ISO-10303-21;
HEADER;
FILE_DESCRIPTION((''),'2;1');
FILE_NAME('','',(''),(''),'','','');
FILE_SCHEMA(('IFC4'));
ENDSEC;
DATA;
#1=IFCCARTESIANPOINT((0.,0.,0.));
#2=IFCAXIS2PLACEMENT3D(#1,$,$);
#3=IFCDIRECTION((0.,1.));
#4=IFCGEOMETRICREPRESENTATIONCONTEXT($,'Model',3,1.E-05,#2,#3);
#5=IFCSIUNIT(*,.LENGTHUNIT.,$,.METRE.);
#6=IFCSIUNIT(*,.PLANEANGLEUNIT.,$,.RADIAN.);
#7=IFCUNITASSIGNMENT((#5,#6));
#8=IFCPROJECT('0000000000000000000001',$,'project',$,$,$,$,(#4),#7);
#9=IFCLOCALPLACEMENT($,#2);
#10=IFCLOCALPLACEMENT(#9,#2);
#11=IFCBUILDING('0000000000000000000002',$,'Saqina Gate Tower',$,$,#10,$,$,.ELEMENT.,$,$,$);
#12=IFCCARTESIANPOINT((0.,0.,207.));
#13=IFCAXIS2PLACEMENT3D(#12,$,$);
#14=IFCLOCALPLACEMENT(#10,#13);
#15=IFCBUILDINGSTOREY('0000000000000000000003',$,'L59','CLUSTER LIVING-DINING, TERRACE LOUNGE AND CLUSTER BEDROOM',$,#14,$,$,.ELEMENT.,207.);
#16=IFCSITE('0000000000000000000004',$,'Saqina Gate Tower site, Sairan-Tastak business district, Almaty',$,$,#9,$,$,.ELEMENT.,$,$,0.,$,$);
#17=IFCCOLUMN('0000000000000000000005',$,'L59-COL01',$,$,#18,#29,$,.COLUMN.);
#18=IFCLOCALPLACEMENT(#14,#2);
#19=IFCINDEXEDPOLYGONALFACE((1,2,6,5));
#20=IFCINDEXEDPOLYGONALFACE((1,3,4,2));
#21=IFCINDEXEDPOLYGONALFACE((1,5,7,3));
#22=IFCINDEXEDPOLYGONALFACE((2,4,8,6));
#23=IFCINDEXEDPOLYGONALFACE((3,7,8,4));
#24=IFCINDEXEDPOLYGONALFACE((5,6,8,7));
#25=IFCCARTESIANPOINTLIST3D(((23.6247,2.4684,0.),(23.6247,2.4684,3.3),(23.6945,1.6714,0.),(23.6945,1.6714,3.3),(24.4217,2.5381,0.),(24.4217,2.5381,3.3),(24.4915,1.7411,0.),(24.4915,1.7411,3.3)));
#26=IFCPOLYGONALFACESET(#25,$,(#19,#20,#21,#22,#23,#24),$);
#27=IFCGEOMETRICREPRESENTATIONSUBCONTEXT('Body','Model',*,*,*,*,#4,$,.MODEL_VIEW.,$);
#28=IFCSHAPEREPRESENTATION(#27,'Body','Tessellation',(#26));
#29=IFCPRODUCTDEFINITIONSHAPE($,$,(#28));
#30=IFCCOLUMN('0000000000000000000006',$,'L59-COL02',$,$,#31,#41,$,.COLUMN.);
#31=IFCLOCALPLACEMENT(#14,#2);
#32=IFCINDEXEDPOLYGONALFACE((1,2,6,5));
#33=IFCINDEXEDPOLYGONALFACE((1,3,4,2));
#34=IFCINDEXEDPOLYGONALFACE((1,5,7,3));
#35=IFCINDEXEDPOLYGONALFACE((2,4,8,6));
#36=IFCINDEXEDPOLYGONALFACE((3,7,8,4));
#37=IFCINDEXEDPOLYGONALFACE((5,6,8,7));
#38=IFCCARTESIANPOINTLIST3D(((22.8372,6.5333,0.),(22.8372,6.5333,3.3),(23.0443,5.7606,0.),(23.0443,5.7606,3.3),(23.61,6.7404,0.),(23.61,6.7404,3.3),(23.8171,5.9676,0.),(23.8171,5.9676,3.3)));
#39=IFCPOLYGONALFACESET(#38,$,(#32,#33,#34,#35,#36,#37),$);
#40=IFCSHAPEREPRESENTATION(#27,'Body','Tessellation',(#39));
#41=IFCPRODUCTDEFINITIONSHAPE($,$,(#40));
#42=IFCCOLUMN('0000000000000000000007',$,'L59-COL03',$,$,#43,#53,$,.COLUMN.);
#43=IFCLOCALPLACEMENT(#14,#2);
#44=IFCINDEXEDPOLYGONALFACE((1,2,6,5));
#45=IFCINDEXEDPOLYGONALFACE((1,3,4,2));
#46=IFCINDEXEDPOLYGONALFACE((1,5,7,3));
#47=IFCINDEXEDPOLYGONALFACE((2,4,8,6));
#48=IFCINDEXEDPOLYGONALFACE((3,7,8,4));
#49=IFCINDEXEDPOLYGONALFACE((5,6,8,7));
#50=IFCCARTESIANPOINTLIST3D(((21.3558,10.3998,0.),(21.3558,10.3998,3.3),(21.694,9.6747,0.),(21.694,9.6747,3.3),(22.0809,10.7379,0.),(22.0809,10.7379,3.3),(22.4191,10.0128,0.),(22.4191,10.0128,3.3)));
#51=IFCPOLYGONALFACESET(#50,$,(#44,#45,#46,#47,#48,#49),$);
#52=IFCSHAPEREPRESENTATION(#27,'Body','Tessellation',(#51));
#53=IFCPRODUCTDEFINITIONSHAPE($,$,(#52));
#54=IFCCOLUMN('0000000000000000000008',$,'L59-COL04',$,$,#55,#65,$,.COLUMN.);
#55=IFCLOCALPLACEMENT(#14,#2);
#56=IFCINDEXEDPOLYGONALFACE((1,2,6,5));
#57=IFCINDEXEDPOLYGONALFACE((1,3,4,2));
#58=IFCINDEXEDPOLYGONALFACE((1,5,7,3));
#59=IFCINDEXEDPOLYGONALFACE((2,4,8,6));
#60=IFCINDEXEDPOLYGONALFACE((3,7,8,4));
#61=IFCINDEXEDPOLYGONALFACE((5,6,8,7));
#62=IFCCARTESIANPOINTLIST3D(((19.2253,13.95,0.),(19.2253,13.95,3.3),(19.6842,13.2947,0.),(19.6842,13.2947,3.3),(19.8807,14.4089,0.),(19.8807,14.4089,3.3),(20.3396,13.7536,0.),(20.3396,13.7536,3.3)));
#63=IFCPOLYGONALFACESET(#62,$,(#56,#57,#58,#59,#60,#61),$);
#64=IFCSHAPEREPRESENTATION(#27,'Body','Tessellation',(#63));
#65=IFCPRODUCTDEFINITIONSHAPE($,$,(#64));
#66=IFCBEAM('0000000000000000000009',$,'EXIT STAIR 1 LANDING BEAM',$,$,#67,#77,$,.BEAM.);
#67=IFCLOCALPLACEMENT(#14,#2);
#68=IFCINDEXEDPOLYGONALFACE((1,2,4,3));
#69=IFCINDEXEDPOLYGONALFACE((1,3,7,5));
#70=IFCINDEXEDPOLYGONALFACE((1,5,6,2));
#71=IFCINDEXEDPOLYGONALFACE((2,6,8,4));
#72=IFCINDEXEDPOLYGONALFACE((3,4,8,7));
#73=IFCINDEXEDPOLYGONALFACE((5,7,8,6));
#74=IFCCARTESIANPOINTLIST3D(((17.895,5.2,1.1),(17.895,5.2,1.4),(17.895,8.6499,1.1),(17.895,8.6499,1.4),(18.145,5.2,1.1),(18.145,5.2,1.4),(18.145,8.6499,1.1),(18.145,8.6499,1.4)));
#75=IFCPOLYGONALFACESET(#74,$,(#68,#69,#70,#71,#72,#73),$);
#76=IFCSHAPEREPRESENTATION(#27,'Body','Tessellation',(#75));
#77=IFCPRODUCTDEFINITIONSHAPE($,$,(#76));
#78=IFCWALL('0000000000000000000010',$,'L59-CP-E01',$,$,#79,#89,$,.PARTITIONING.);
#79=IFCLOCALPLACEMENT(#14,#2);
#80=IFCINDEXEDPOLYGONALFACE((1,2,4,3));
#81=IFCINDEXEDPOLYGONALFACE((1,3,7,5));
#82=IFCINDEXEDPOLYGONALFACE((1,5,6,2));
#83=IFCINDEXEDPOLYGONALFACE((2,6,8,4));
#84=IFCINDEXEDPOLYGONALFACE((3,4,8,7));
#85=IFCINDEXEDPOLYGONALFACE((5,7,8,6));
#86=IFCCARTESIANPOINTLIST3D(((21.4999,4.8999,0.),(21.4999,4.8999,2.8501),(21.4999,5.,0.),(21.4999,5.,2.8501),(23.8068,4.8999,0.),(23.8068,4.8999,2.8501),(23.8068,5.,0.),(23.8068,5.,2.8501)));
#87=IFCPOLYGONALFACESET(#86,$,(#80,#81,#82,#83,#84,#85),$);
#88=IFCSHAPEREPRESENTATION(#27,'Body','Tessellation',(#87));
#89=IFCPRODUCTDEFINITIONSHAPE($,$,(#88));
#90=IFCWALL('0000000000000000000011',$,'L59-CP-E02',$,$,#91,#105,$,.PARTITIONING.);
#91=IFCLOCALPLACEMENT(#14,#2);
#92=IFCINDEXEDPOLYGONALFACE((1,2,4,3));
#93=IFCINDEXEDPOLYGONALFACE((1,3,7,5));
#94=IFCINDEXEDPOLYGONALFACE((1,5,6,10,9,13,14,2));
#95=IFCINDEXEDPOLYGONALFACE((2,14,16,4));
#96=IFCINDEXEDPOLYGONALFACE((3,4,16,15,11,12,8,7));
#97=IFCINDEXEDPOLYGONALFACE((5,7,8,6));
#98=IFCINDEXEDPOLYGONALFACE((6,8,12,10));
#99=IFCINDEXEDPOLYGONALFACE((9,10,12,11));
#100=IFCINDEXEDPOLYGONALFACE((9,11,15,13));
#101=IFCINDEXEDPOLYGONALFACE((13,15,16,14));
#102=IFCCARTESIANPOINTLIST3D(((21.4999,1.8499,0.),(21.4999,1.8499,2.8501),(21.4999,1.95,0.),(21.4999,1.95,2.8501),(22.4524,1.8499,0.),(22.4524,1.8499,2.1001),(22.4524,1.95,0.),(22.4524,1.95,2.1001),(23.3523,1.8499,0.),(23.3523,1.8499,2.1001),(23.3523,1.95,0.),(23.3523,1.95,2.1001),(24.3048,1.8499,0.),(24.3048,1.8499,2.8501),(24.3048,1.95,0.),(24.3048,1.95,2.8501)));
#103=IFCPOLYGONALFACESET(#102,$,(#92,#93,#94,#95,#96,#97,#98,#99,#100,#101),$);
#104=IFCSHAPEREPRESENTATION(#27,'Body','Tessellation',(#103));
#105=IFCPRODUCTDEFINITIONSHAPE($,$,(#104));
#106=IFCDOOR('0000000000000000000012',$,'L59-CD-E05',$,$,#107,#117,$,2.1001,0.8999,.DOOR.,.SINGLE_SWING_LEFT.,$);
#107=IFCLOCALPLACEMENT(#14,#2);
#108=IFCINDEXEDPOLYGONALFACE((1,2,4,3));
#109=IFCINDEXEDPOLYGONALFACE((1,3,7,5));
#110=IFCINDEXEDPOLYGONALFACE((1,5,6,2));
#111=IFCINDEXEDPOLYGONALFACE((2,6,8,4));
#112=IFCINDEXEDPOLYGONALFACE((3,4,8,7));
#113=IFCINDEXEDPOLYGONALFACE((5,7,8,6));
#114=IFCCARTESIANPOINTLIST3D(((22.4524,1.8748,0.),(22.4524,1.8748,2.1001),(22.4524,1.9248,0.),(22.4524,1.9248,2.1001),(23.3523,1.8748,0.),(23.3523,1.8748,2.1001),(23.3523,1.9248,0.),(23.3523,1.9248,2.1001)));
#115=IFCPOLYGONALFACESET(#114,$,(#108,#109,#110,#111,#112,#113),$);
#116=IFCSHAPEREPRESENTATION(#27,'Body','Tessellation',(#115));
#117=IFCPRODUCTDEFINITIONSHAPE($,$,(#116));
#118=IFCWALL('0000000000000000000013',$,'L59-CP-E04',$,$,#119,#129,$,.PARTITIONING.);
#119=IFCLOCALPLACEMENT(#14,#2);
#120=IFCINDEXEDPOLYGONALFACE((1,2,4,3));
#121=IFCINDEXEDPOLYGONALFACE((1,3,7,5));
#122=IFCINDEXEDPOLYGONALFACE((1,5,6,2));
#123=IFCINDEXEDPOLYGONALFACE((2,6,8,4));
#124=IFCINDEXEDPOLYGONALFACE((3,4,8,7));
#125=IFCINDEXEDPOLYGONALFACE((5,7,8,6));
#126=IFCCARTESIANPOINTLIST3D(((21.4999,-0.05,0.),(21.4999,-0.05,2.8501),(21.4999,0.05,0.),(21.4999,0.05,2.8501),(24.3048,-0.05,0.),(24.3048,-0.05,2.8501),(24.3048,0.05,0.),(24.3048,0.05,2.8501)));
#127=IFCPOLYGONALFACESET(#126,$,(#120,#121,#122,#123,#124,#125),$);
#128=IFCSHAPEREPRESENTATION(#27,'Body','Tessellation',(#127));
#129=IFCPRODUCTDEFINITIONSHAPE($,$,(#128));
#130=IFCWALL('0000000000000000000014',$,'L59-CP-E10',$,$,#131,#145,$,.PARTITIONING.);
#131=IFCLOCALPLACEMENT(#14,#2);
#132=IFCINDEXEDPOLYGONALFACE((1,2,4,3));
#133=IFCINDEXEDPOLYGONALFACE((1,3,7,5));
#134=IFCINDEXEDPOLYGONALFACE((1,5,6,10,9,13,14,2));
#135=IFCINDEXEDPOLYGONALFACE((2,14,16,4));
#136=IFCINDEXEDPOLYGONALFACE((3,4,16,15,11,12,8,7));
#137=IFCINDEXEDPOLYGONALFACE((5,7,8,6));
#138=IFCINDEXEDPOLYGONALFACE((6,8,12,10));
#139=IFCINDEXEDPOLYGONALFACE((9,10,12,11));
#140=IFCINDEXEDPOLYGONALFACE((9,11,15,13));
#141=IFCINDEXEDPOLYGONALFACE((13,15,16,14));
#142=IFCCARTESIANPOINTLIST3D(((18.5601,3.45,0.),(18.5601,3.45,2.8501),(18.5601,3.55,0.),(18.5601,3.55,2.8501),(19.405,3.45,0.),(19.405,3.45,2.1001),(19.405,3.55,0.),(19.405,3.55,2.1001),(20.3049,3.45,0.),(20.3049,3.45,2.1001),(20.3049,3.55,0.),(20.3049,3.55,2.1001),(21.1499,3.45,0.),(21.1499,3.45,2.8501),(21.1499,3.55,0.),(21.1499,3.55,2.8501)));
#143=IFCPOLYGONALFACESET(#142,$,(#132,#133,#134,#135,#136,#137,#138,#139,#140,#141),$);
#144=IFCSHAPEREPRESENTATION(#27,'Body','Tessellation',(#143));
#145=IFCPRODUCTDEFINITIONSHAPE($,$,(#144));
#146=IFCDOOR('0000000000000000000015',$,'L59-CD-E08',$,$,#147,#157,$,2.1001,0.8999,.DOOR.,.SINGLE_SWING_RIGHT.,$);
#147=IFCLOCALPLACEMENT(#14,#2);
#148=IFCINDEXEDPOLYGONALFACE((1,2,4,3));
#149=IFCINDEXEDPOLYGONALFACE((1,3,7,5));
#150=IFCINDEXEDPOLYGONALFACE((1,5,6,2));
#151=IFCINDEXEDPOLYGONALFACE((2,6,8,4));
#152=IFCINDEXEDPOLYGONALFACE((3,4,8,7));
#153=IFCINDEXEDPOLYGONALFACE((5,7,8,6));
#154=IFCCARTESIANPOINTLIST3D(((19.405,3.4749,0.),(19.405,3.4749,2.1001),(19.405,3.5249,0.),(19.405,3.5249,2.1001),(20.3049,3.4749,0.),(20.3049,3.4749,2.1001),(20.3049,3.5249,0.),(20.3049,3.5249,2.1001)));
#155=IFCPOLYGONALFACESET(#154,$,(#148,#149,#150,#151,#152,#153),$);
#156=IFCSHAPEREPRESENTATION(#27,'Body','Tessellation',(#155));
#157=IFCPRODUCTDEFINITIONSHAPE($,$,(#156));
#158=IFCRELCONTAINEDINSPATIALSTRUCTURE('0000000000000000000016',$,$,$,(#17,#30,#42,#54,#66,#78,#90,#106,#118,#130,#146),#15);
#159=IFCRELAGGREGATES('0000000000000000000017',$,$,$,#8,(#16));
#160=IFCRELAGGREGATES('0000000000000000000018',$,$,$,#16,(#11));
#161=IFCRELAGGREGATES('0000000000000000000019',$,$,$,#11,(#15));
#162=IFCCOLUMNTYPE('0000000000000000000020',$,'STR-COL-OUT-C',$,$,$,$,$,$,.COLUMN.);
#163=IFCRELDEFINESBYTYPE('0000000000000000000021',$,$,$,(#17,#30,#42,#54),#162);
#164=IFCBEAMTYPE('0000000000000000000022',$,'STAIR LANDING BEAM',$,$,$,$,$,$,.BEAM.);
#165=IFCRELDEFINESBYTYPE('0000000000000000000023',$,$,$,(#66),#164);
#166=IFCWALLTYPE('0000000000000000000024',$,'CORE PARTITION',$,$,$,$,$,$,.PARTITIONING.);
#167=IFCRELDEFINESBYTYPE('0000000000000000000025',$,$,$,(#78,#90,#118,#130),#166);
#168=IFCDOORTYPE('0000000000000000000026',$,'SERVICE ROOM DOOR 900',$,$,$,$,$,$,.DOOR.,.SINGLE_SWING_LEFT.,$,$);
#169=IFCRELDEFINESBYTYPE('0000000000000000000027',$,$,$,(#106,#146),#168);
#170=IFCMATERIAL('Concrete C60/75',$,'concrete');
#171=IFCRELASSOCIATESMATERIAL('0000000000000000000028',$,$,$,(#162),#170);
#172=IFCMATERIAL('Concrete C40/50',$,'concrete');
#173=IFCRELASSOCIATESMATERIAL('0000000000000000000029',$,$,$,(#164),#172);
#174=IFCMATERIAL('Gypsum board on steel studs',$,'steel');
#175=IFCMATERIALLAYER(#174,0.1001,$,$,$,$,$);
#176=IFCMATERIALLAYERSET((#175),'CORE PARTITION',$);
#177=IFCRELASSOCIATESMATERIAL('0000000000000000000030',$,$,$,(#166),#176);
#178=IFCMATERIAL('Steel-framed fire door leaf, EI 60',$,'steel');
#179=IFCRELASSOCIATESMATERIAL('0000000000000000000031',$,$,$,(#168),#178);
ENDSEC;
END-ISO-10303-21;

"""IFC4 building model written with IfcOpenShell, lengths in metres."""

from ifc_helpers import new_model, si_unit, direction, frame, frame_2d, origin, origin_2d, place, context, subcontext, project, spatial, rectangle, extrude, material, layer, layer_set, material_profile, profile_set, type_object, element, fill, save


model = new_model("IFC4")

# Units and contexts
model_context = context("Model", 3, precision=1e-05, world=origin(), true_north=direction((0.0, 1.0)))
body_context = subcontext(model_context, "Body", "Model", "MODEL_VIEW")
ifc_project = project(units=[si_unit("LENGTHUNIT", "METRE"), si_unit("PLANEANGLEUNIT", "RADIAN")], contexts=[model_context])

# Site, building, storey
site_placement = place(None, origin())
site = spatial("IfcSite", under=ifc_project, at=site_placement, Name="Saqina Gate Tower site, Sairan-Tastak business district, Almaty", CompositionType="ELEMENT", RefElevation=0.0)
building_placement = place(site_placement, origin())
building = spatial("IfcBuilding", under=site, at=building_placement, Name="Saqina Gate Tower", CompositionType="ELEMENT")
storey_placement = place(building_placement, frame((0.0, 0.0, 207.0)))
storey = spatial("IfcBuildingStorey", under=building, at=storey_placement, Name="L59", Description="CLUSTER LIVING-DINING, TERRACE LOUNGE AND CLUSTER BEDROOM", CompositionType="ELEMENT", Elevation=207.0)

# Columns
ifc_material_1 = material(Name="Concrete C60/75", Category="concrete")
ifc_material_profile_1 = material_profile(ifc_material_1, rectangle(XDim=0.8, YDim=0.8, at=origin_2d()), Name="RC 800x800")
ifc_profile_set_1 = profile_set([ifc_material_profile_1], Name="Concrete C60/75")
column_type = type_object("IfcColumnType", Name="STR-COL-OUT-C", PredefinedType="COLUMN", material=ifc_profile_set_1)
for number, where, z_axis, x_axis, name in (
    (1, (24.0581, 2.1047, 0.0), (0.0, 0.0, 1.0), (0.996195, 0.087156, 0.0), "L59-COL01"),
    (2, (23.3271, 6.2505, 0.0), (0.0, 0.0, 1.0), (0.965926, 0.258819, 0.0), "L59-COL02"),
    (3, (21.8875, 10.2063, 0.0), (0.0, 0.0, 1.0), (0.906308, 0.422618, 0.0), "L59-COL03"),
    (4, (19.7825, 13.8518, 0.0), (0.0, 0.0, 1.0), (0.819152, 0.573576, 0.0), "L59-COL04"),
):
    element("IfcColumn", number, at=place(storey_placement, frame(where, z_axis=z_axis, x_axis=x_axis)), inside=storey, type_object=column_type, Name=name, PredefinedType="COLUMN", context=body_context, shape_type="SweptSolid", body=[
        extrude(rectangle(XDim=0.8, YDim=0.8, at=origin_2d()), origin(), (0.0, 0.0, 1.0), 3.3),
    ])

# Beam
ifc_material_2 = material(Name="Concrete C40/50", Category="concrete")
ifc_material_profile_2 = material_profile(ifc_material_2, rectangle(XDim=0.25, YDim=0.3, at=origin_2d()), Name="STAIR LANDING BEAM")
ifc_profile_set_2 = profile_set([ifc_material_profile_2], Name="Concrete C40/50")
beam_type = type_object("IfcBeamType", Name="STAIR LANDING BEAM", PredefinedType="BEAM", material=ifc_profile_set_2)
beam_placement = place(storey_placement, frame((18.02, 5.2, 1.25), z_axis=(0.0, 1.0, 0.0), x_axis=(-1.0, 0.0, 0.0)))
element("IfcBeam", 5, at=beam_placement, inside=storey, type_object=beam_type, Name="EXIT STAIR 1 LANDING BEAM", PredefinedType="BEAM", context=body_context, shape_type="SweptSolid", body=[
    extrude(rectangle(XDim=0.25, YDim=0.3, at=origin_2d()), origin(), (0.0, 0.0, 1.0), 3.45),
])

# Wall
ifc_material_3 = material(Name="Gypsum board on steel studs", Category="steel")
ifc_layer_1 = layer(ifc_material_3, 0.1001)
ifc_layer_set_1 = layer_set([ifc_layer_1], Name="CORE PARTITION")
wall_type_1 = type_object("IfcWallType", Name="CORE PARTITION", PredefinedType="PARTITIONING", material=ifc_layer_set_1)
wall_1_placement = place(storey_placement, frame((21.5, 4.95, 0.0), z_axis=(0.0, 0.0, 1.0), x_axis=(1.0, 0.0, 0.0)))
element("IfcWall", 6, at=wall_1_placement, inside=storey, type_object=wall_type_1, Name="L59-CP-E01", PredefinedType="PARTITIONING", context=body_context, shape_type="SweptSolid", body=[
    extrude(rectangle(XDim=2.3069, YDim=0.1001, at=frame_2d((1.1533, 0.0))), origin(), (0.0, 0.0, 1.0), 2.8501),
])

# Wall, opening, door
wall_2_placement = place(storey_placement, frame((21.5, 1.8999, 0.0), z_axis=(0.0, 0.0, 1.0), x_axis=(1.0, 0.0, 0.0)))
wall_2 = element("IfcWall", 7, at=wall_2_placement, inside=storey, type_object=wall_type_1, Name="L59-CP-E02", PredefinedType="PARTITIONING", context=body_context, shape_type="SweptSolid", body=[
    extrude(rectangle(XDim=2.8049, YDim=0.1001, at=frame_2d((1.4023, 0.0))), origin(), (0.0, 0.0, 1.0), 2.8501),
])
opening_1_placement = place(wall_2_placement, frame((0.9524, 0.0, 0.0)))
opening_1 = element("IfcOpeningElement", 8, at=opening_1_placement, cuts=wall_2, PredefinedType="OPENING", context=body_context, shape_type="SweptSolid", body=[
    extrude(rectangle(XDim=0.8999, YDim=2.1001, at=frame_2d((0.45, 1.05))), frame((0.0, 0.062, 0.0), z_axis=(0.0, -1.0, 0.0), x_axis=(1.0, 0.0, 0.0)), (0.0, 0.0, 1.0), 0.124),
])
ifc_material_4 = material(Name="Steel-framed fire door leaf, EI 60", Category="steel")
door_type_1 = type_object("IfcDoorType", Name="SERVICE ROOM DOOR 900", OperationType="SINGLE_SWING_LEFT", PredefinedType="DOOR", material=ifc_material_4)
door_1_placement = place(opening_1_placement, origin())
door_1 = element("IfcDoor", 9, at=door_1_placement, inside=storey, type_object=door_type_1, Name="L59-CD-E05", OperationType="SINGLE_SWING_LEFT", OverallHeight=2.1001, OverallWidth=0.8999, PredefinedType="DOOR", context=body_context, shape_type="SweptSolid", body=[
    extrude(rectangle(XDim=0.8999, YDim=2.1001, at=frame_2d((0.45, 1.05))), frame((0.0, 0.0249, 0.0), z_axis=(0.0, -1.0, 0.0), x_axis=(1.0, 0.0, 0.0)), (0.0, 0.0, 1.0), 0.05),
])
fill(opening_1, door_1)

# Wall
wall_3_placement = place(storey_placement, frame((21.5, 0.0, 0.0), z_axis=(0.0, 0.0, 1.0), x_axis=(1.0, 0.0, 0.0)))
element("IfcWall", 10, at=wall_3_placement, inside=storey, type_object=wall_type_1, Name="L59-CP-E04", PredefinedType="PARTITIONING", context=body_context, shape_type="SweptSolid", body=[
    extrude(rectangle(XDim=2.8049, YDim=0.1001, at=frame_2d((1.4023, 0.0))), origin(), (0.0, 0.0, 1.0), 2.8501),
])

# Wall, opening, door
wall_4_placement = place(storey_placement, frame((18.5601, 3.5, 0.0), z_axis=(0.0, 0.0, 1.0), x_axis=(1.0, 0.0, 0.0)))
wall_4 = element("IfcWall", 11, at=wall_4_placement, inside=storey, type_object=wall_type_1, Name="L59-CP-E10", PredefinedType="PARTITIONING", context=body_context, shape_type="SweptSolid", body=[
    extrude(rectangle(XDim=2.5898, YDim=0.1001, at=frame_2d((1.2949, 0.0))), origin(), (0.0, 0.0, 1.0), 2.8501),
])
opening_2_placement = place(wall_4_placement, frame((0.845, 0.0, 0.0)))
opening_2 = element("IfcOpeningElement", 12, at=opening_2_placement, cuts=wall_4, PredefinedType="OPENING", context=body_context, shape_type="SweptSolid", body=[
    extrude(rectangle(XDim=0.8999, YDim=2.1001, at=frame_2d((0.45, 1.05))), frame((0.0, 0.062, 0.0), z_axis=(0.0, -1.0, 0.0), x_axis=(1.0, 0.0, 0.0)), (0.0, 0.0, 1.0), 0.124),
])
door_2_placement = place(opening_2_placement, origin())
door_2 = element("IfcDoor", 13, at=door_2_placement, inside=storey, type_object=door_type_1, Name="L59-CD-E08", OperationType="SINGLE_SWING_RIGHT", OverallHeight=2.1001, OverallWidth=0.8999, PredefinedType="DOOR", context=body_context, shape_type="SweptSolid", body=[
    extrude(rectangle(XDim=0.8999, YDim=2.1001, at=frame_2d((0.45, 1.05))), frame((0.0, 0.0249, 0.0), z_axis=(0.0, -1.0, 0.0), x_axis=(1.0, 0.0, 0.0)), (0.0, 0.0, 1.0), 0.05),
])
fill(opening_2, door_2)

save(model, "model.ifc")
